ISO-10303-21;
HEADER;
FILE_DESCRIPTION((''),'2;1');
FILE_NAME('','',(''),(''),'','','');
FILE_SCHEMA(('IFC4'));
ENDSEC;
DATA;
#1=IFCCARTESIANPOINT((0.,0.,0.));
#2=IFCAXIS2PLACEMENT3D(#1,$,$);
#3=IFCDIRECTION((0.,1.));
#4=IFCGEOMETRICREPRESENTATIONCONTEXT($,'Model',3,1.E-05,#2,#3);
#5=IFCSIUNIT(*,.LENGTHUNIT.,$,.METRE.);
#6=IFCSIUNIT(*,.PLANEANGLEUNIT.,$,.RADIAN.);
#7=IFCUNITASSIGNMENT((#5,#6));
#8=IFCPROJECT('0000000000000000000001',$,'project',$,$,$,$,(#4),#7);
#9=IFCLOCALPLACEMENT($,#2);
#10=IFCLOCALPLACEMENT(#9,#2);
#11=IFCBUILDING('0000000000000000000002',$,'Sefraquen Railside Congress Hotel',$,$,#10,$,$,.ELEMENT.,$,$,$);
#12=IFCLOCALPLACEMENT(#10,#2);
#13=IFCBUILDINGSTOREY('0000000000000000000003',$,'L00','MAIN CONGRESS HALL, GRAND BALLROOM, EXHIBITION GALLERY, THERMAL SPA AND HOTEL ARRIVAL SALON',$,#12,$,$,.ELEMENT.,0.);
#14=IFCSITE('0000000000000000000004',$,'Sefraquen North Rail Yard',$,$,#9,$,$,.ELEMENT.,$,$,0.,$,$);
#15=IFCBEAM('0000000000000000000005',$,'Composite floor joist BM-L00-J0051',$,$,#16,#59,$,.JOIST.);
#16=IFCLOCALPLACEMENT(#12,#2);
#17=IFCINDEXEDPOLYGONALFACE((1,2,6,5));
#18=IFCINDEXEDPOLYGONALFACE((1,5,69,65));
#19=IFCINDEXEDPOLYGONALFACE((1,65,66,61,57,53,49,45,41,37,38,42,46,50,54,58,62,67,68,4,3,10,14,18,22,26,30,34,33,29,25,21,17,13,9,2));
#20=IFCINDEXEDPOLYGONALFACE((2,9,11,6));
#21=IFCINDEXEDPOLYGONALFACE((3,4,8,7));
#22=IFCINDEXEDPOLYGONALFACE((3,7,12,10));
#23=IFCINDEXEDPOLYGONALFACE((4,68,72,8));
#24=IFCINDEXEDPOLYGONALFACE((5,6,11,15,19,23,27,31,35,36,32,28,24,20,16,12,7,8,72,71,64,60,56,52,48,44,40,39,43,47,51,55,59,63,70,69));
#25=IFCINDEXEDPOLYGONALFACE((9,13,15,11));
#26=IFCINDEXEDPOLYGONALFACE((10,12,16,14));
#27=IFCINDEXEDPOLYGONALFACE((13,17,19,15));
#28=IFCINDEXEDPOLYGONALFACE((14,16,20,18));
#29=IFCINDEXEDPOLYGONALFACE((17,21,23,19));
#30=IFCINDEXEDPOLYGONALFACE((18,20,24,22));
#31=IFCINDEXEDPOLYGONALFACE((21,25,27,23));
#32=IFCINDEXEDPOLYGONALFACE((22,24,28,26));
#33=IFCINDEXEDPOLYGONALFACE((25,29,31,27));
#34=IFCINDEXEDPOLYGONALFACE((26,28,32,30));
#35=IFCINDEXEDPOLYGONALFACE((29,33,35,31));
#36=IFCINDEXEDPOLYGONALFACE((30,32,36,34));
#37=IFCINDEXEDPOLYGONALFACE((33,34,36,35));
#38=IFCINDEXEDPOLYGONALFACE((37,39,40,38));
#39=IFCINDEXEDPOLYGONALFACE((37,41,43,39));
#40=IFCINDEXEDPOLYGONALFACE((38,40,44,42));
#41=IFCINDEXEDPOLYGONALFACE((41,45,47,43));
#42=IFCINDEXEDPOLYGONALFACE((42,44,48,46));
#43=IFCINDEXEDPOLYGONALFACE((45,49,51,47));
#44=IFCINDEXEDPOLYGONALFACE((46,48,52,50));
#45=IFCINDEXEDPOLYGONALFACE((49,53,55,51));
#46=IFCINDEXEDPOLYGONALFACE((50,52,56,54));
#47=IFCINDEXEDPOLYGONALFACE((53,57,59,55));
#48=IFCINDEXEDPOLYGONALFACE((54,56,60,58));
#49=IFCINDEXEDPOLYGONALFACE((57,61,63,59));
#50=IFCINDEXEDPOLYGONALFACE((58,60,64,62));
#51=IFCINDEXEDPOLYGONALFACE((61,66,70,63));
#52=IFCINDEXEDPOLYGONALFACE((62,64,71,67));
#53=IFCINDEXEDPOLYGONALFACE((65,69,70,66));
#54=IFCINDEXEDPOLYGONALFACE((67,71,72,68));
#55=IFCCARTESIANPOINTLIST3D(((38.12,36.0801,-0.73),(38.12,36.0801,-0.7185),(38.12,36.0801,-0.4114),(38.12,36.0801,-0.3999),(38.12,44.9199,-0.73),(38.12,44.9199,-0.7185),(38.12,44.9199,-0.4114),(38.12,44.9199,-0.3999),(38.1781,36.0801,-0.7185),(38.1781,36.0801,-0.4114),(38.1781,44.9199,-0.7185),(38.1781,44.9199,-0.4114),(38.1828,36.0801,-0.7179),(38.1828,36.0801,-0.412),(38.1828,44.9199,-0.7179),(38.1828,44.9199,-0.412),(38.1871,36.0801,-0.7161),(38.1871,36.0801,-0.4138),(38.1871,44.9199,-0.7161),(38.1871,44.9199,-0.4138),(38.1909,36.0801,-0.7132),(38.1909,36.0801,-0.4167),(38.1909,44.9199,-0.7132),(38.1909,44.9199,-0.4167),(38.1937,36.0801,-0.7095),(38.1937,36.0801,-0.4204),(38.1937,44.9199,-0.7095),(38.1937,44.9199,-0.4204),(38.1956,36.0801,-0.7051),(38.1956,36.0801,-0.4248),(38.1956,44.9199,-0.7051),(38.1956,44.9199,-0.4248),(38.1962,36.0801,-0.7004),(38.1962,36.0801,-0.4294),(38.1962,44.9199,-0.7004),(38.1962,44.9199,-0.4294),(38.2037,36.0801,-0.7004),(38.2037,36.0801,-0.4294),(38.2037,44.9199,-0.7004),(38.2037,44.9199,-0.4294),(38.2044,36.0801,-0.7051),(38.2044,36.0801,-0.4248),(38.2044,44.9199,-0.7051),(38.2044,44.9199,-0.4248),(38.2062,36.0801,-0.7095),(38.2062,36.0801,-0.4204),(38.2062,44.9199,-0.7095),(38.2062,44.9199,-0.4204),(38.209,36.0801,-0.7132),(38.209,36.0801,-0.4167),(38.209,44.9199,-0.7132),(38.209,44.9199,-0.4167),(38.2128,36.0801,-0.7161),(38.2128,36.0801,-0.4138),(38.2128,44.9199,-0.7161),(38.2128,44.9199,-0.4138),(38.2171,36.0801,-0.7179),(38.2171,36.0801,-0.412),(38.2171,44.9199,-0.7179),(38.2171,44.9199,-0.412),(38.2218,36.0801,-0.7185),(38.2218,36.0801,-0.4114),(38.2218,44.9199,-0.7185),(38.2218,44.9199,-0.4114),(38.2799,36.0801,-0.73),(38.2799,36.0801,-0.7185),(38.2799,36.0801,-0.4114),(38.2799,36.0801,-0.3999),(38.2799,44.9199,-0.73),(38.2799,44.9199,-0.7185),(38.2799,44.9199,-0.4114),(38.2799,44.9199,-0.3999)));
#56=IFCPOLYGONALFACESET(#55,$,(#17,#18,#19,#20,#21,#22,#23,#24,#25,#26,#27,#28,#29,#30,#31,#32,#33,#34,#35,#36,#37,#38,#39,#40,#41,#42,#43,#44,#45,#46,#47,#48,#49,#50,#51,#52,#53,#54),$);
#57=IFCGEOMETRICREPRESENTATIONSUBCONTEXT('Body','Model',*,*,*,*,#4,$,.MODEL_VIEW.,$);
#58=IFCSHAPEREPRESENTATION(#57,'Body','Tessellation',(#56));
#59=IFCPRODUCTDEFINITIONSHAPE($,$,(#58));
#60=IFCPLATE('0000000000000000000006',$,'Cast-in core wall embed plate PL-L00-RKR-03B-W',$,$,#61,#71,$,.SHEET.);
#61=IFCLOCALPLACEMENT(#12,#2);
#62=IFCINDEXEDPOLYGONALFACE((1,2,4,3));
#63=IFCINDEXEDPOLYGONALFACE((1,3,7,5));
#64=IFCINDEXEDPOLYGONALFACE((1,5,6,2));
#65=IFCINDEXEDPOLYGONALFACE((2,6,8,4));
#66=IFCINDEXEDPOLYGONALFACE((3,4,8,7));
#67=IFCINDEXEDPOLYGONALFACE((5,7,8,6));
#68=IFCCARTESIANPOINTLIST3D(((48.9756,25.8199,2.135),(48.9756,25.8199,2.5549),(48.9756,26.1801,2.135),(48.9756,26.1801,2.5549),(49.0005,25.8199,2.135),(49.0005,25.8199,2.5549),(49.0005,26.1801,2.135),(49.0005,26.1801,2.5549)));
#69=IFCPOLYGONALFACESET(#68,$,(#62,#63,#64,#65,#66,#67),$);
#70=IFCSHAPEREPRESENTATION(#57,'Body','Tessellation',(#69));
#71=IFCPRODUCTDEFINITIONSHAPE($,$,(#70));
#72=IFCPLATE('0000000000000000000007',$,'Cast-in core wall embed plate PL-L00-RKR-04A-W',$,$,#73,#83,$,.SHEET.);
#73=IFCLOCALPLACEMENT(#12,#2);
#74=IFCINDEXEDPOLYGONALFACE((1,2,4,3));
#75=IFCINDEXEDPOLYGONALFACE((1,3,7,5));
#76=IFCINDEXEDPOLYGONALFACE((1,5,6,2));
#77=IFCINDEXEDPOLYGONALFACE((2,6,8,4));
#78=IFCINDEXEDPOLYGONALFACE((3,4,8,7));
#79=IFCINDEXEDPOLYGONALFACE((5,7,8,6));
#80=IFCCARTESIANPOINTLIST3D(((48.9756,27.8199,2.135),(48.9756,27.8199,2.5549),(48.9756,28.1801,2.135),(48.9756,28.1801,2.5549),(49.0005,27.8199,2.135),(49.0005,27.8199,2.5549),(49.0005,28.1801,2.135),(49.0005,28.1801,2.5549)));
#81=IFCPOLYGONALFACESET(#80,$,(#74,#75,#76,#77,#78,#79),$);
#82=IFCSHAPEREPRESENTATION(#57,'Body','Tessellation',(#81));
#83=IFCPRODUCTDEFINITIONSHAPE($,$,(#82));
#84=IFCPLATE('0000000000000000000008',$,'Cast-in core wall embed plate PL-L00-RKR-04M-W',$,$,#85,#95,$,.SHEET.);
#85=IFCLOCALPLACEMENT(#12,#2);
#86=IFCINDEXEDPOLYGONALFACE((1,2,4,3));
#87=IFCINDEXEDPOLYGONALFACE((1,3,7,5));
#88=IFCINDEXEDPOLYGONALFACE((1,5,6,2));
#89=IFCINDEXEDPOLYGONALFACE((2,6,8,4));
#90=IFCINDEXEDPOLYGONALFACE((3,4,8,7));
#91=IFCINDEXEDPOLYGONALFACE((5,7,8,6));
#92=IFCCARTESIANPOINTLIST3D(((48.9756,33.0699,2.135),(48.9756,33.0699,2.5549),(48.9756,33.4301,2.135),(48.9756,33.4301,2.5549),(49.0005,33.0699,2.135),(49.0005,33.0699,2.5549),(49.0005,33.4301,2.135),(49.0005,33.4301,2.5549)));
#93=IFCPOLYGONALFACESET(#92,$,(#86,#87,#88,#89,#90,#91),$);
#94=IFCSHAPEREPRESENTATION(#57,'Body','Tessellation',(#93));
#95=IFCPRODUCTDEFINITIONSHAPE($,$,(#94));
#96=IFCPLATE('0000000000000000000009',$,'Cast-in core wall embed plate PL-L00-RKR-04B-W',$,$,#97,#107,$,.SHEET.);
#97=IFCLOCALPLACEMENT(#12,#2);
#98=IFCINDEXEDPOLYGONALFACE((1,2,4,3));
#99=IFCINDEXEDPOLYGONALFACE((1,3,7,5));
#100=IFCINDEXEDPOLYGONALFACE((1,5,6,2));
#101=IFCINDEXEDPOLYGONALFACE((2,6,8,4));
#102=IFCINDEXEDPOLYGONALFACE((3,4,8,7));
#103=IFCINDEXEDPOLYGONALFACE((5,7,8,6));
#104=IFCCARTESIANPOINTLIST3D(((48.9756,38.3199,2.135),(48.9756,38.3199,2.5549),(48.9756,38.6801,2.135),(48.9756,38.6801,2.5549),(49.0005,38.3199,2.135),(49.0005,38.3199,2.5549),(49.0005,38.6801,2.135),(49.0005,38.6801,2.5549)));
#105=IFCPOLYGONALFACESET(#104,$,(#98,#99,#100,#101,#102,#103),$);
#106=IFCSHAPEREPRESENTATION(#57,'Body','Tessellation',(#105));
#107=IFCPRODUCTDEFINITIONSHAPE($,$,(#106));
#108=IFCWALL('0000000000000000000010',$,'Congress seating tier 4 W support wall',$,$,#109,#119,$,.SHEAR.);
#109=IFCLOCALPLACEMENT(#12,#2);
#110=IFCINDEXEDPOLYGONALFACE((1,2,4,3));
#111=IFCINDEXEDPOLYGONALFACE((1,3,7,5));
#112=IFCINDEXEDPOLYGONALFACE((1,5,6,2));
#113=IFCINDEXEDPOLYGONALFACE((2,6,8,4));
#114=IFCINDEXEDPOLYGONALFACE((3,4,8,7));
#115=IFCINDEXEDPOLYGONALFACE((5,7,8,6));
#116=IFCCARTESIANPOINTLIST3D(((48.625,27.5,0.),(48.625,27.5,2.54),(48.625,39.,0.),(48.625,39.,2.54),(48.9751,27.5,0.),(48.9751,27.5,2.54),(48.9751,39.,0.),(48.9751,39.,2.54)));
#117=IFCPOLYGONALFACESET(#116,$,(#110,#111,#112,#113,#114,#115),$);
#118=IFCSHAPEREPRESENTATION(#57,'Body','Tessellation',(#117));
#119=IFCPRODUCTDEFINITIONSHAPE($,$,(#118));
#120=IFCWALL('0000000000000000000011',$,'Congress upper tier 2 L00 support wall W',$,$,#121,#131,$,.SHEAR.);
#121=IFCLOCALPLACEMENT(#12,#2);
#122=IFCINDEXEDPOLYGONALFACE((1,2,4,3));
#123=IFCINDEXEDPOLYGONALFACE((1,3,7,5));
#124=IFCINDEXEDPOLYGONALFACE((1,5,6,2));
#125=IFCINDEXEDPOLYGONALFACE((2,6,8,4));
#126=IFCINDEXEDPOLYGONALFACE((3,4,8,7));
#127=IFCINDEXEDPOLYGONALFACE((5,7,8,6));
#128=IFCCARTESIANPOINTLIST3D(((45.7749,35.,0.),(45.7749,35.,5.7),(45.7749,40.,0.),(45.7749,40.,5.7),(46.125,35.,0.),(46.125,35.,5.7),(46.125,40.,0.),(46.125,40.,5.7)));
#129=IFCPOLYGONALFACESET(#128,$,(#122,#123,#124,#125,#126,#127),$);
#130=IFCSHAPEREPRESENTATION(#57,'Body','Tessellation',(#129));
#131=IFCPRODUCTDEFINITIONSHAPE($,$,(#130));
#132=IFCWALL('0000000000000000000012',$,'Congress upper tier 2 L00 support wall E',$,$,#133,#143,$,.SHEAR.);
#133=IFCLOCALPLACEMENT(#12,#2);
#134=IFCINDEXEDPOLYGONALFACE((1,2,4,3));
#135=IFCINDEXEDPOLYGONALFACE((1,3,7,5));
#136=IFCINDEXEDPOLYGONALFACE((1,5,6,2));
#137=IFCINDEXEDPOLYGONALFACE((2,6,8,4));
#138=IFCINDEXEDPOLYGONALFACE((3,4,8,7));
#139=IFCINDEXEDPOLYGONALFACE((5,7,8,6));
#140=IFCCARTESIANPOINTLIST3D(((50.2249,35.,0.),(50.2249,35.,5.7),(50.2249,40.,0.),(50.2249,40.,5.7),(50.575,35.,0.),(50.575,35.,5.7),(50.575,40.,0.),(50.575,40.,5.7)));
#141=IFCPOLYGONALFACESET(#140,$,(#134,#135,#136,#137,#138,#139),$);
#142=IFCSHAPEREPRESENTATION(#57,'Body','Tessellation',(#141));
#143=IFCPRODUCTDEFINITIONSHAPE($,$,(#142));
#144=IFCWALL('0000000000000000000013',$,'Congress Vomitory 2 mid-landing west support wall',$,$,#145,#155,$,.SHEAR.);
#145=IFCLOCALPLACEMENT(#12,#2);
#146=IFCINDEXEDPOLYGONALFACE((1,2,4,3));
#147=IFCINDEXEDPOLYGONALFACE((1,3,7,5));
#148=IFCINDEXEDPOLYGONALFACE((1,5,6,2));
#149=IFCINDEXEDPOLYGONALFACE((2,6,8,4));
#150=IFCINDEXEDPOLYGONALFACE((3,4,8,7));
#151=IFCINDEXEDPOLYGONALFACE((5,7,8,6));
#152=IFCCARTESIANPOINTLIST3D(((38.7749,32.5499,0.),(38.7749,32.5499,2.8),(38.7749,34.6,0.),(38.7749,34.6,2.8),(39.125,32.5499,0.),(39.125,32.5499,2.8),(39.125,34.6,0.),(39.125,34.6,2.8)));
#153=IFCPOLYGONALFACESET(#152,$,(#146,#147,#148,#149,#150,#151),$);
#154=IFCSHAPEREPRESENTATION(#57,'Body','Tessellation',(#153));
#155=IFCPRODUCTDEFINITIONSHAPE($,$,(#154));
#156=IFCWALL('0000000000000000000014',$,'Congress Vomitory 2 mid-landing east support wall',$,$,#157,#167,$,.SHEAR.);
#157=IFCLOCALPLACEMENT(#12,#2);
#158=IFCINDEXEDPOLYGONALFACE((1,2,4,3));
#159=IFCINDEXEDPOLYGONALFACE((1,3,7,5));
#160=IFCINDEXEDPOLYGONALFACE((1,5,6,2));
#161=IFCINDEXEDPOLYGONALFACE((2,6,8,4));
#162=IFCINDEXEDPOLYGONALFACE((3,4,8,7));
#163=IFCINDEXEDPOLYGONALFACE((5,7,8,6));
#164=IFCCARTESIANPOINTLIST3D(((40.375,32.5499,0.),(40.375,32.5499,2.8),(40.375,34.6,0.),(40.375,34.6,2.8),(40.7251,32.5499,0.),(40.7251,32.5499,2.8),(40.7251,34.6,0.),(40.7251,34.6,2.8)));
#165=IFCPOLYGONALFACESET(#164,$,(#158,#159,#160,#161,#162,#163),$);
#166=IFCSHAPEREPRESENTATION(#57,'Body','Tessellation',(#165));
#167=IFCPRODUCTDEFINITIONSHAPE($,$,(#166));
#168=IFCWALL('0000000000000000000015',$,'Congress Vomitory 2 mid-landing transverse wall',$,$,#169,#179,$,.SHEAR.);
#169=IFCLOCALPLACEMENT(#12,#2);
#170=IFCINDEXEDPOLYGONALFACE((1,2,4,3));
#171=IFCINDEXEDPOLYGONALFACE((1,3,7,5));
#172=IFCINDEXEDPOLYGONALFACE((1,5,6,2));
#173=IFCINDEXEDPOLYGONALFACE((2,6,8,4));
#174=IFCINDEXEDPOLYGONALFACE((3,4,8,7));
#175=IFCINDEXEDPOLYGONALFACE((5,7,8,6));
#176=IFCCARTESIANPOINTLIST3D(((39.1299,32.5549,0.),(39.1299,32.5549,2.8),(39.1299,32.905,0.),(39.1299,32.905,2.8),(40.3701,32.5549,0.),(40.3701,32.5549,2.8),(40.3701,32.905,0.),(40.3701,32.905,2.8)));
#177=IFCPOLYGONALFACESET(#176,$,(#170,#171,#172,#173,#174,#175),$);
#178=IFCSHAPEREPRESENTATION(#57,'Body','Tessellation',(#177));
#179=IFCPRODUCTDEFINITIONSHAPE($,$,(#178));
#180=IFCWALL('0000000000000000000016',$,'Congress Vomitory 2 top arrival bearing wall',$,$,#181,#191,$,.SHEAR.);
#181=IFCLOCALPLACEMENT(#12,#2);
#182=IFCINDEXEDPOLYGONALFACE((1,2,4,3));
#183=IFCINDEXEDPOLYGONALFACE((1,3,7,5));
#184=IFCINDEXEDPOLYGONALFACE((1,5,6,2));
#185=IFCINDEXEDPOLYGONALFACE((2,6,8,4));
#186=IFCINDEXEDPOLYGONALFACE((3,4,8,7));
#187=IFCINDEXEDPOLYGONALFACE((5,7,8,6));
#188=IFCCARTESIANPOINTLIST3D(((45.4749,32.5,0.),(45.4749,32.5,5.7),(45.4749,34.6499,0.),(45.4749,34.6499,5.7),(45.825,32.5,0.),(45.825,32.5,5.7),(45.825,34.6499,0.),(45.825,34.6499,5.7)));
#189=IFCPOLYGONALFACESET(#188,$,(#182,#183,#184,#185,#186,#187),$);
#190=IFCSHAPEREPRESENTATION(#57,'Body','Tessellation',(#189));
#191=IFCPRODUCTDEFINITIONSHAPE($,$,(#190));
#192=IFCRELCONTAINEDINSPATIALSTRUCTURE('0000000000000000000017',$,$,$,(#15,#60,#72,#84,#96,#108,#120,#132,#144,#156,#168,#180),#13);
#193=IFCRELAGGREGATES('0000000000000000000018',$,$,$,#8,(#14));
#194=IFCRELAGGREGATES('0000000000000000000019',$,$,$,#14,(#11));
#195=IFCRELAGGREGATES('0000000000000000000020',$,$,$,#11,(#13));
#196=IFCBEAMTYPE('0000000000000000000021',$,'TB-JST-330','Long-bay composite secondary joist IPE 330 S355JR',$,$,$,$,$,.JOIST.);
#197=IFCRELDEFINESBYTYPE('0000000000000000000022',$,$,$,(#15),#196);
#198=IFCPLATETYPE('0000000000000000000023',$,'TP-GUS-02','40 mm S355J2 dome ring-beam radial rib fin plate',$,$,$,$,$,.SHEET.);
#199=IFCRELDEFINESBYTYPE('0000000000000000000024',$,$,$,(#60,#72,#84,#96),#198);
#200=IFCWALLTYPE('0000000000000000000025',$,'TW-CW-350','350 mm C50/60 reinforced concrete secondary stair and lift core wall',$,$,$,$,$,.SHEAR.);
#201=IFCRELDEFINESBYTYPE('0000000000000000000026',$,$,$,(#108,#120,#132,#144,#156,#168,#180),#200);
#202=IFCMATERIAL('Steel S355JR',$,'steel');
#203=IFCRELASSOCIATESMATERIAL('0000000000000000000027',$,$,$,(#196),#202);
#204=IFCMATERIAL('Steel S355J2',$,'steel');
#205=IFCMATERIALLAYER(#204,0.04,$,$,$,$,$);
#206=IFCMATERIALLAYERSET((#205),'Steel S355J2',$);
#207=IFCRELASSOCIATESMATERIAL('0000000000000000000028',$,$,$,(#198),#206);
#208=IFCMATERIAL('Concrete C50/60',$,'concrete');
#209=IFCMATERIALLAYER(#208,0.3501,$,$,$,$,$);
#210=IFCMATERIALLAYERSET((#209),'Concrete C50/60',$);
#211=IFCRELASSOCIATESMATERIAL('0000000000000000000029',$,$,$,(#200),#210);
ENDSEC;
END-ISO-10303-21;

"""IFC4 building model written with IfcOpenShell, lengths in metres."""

from ifc_helpers import new_model, si_unit, direction, frame, frame_2d, origin, origin_2d, place, context, subcontext, project, spatial, rectangle, i_section, extrude, material, layer, layer_set, material_profile, profile_set, type_object, element, save


model = new_model("IFC4")

# Units and contexts
model_context = context("Model", 3, precision=1e-05, world=origin(), true_north=direction((0.0, 1.0)))
body_context = subcontext(model_context, "Body", "Model", "MODEL_VIEW")
ifc_project = project(units=[si_unit("LENGTHUNIT", "METRE"), si_unit("PLANEANGLEUNIT", "RADIAN")], contexts=[model_context])

# Site, building, storey
site_placement = place(None, origin())
site = spatial("IfcSite", under=ifc_project, at=site_placement, Name="Sefraquen North Rail Yard", CompositionType="ELEMENT", RefElevation=0.0)
building_placement = place(site_placement, origin())
building = spatial("IfcBuilding", under=site, at=building_placement, Name="Sefraquen Railside Congress Hotel", CompositionType="ELEMENT")
storey_placement = place(building_placement, origin())
storey = spatial("IfcBuildingStorey", under=building, at=storey_placement, Name="L00", Description="MAIN CONGRESS HALL, GRAND BALLROOM, EXHIBITION GALLERY, THERMAL SPA AND HOTEL ARRIVAL SALON", CompositionType="ELEMENT", Elevation=0.0)

# Shared definitions
ifc_material_1 = material(Name="Steel S355JR", Category="steel")

# Beam
ifc_material_profile_1 = material_profile(ifc_material_1, i_section(OverallWidth=0.1599, OverallDepth=0.3301, WebThickness=0.0076, FlangeThickness=0.0115, FilletRadius=0.0181, at=origin_2d()), Name="IPE 330")
ifc_profile_set_1 = profile_set([ifc_material_profile_1], Name="Steel S355JR")
beam_type_1 = type_object("IfcBeamType", Name="TB-JST-330", Description="Long-bay composite secondary joist IPE 330 S355JR", PredefinedType="JOIST", material=ifc_profile_set_1)
for number, where, z_axis, x_axis, name in (
    (1, (38.2, 36.0801, -0.5649), (0.0, 1.0, 0.0), (-1.0, 0.0, 0.0), "Composite floor joist BM-L00-J0051"),
):
    element("IfcBeam", number, at=place(storey_placement, frame(where, z_axis=z_axis, x_axis=x_axis)), inside=storey, type_object=beam_type_1, Name=name, PredefinedType="JOIST", context=body_context, shape_type="SweptSolid", body=[
        extrude(i_section(OverallWidth=0.1599, OverallDepth=0.3301, WebThickness=0.0076, FlangeThickness=0.0115, FilletRadius=0.0181, at=origin_2d()), origin(), (0.0, 0.0, 1.0), 8.8398),
    ])

# Plates
ifc_material_2 = material(Name="Steel S355J2", Category="steel")
ifc_layer_1 = layer(ifc_material_2, 0.04)
ifc_layer_set_1 = layer_set([ifc_layer_1], Name="Steel S355J2")
plate_type = type_object("IfcPlateType", Name="TP-GUS-02", Description="40 mm S355J2 dome ring-beam radial rib fin plate", PredefinedType="SHEET", material=ifc_layer_set_1)
for number, where, z_axis, x_axis, name in (
    (2, (48.988, 26.0, 2.135), (0.0, 0.0, 1.0), (1.0, 0.0, 0.0), "Cast-in core wall embed plate PL-L00-RKR-03B-W"),
    (3, (48.988, 28.0, 2.135), (0.0, 0.0, 1.0), (1.0, 0.0, 0.0), "Cast-in core wall embed plate PL-L00-RKR-04A-W"),
    (4, (48.988, 33.25, 2.135), (0.0, 0.0, 1.0), (1.0, 0.0, 0.0), "Cast-in core wall embed plate PL-L00-RKR-04M-W"),
    (5, (48.988, 38.5, 2.135), (0.0, 0.0, 1.0), (1.0, 0.0, 0.0), "Cast-in core wall embed plate PL-L00-RKR-04B-W"),
):
    element("IfcPlate", number, at=place(storey_placement, frame(where, z_axis=z_axis, x_axis=x_axis)), inside=storey, type_object=plate_type, Name=name, PredefinedType="SHEET", context=body_context, shape_type="SweptSolid", body=[
        extrude(rectangle(XDim=0.0249, YDim=0.3601, at=origin_2d()), origin(), (0.0, 0.0, 1.0), 0.4199),
    ])

# Walls
ifc_material_3 = material(Name="Concrete C50/60", Category="concrete")
ifc_layer_2 = layer(ifc_material_3, 0.3501)
ifc_layer_set_2 = layer_set([ifc_layer_2], Name="Concrete C50/60")
wall_type = type_object("IfcWallType", Name="TW-CW-350", Description="350 mm C50/60 reinforced concrete secondary stair and lift core wall", PredefinedType="SHEAR", material=ifc_layer_set_2)
wall_1_placement = place(storey_placement, frame((48.8, 27.5, 0.0), z_axis=(0.0, 0.0, 1.0), x_axis=(0.0, 1.0, 0.0)))
element("IfcWall", 6, at=wall_1_placement, inside=storey, type_object=wall_type, Name="Congress seating tier 4 W support wall", PredefinedType="SHEAR", context=body_context, shape_type="SweptSolid", body=[
    extrude(rectangle(XDim=11.5, YDim=0.3501, at=frame_2d((5.75, 0.0))), origin(), (0.0, 0.0, 1.0), 2.54),
])
for number, where, z_axis, x_axis, name in (
    (7, (45.95, 35.0, 0.0), (0.0, 0.0, 1.0), (0.0, 1.0, 0.0), "Congress upper tier 2 L00 support wall W"),
    (8, (50.3999, 35.0, 0.0), (0.0, 0.0, 1.0), (0.0, 1.0, 0.0), "Congress upper tier 2 L00 support wall E"),
):
    element("IfcWall", number, at=place(storey_placement, frame(where, z_axis=z_axis, x_axis=x_axis)), inside=storey, type_object=wall_type, Name=name, PredefinedType="SHEAR", context=body_context, shape_type="SweptSolid", body=[
        extrude(rectangle(XDim=5.0, YDim=0.3501, at=frame_2d((2.5, 0.0))), origin(), (0.0, 0.0, 1.0), 5.7),
    ])
for number, where, z_axis, x_axis, name in (
    (9, (38.95, 32.55, 0.0), (0.0, 0.0, 1.0), (0.0, 1.0, 0.0), "Congress Vomitory 2 mid-landing west support wall"),
    (10, (40.55, 32.55, 0.0), (0.0, 0.0, 1.0), (0.0, 1.0, 0.0), "Congress Vomitory 2 mid-landing east support wall"),
):
    element("IfcWall", number, at=place(storey_placement, frame(where, z_axis=z_axis, x_axis=x_axis)), inside=storey, type_object=wall_type, Name=name, PredefinedType="SHEAR", context=body_context, shape_type="SweptSolid", body=[
        extrude(rectangle(XDim=2.05, YDim=0.3501, at=frame_2d((1.0249, 0.0))), origin(), (0.0, 0.0, 1.0), 2.8),
    ])
wall_2_placement = place(storey_placement, frame((39.1299, 32.73, 0.0), z_axis=(0.0, 0.0, 1.0), x_axis=(1.0, 0.0, 0.0)))
element("IfcWall", 11, at=wall_2_placement, inside=storey, type_object=wall_type, Name="Congress Vomitory 2 mid-landing transverse wall", PredefinedType="SHEAR", context=body_context, shape_type="SweptSolid", body=[
    extrude(rectangle(XDim=1.2402, YDim=0.3501, at=frame_2d((0.6201, 0.0))), origin(), (0.0, 0.0, 1.0), 2.8),
])
wall_3_placement = place(storey_placement, frame((45.6499, 32.5, 0.0), z_axis=(0.0, 0.0, 1.0), x_axis=(0.0, 1.0, 0.0)))
element("IfcWall", 12, at=wall_3_placement, inside=storey, type_object=wall_type, Name="Congress Vomitory 2 top arrival bearing wall", PredefinedType="SHEAR", context=body_context, shape_type="SweptSolid", body=[
    extrude(rectangle(XDim=2.1499, YDim=0.3501, at=frame_2d((1.075, 0.0))), origin(), (0.0, 0.0, 1.0), 5.7),
])

save(model, "model.ifc")
